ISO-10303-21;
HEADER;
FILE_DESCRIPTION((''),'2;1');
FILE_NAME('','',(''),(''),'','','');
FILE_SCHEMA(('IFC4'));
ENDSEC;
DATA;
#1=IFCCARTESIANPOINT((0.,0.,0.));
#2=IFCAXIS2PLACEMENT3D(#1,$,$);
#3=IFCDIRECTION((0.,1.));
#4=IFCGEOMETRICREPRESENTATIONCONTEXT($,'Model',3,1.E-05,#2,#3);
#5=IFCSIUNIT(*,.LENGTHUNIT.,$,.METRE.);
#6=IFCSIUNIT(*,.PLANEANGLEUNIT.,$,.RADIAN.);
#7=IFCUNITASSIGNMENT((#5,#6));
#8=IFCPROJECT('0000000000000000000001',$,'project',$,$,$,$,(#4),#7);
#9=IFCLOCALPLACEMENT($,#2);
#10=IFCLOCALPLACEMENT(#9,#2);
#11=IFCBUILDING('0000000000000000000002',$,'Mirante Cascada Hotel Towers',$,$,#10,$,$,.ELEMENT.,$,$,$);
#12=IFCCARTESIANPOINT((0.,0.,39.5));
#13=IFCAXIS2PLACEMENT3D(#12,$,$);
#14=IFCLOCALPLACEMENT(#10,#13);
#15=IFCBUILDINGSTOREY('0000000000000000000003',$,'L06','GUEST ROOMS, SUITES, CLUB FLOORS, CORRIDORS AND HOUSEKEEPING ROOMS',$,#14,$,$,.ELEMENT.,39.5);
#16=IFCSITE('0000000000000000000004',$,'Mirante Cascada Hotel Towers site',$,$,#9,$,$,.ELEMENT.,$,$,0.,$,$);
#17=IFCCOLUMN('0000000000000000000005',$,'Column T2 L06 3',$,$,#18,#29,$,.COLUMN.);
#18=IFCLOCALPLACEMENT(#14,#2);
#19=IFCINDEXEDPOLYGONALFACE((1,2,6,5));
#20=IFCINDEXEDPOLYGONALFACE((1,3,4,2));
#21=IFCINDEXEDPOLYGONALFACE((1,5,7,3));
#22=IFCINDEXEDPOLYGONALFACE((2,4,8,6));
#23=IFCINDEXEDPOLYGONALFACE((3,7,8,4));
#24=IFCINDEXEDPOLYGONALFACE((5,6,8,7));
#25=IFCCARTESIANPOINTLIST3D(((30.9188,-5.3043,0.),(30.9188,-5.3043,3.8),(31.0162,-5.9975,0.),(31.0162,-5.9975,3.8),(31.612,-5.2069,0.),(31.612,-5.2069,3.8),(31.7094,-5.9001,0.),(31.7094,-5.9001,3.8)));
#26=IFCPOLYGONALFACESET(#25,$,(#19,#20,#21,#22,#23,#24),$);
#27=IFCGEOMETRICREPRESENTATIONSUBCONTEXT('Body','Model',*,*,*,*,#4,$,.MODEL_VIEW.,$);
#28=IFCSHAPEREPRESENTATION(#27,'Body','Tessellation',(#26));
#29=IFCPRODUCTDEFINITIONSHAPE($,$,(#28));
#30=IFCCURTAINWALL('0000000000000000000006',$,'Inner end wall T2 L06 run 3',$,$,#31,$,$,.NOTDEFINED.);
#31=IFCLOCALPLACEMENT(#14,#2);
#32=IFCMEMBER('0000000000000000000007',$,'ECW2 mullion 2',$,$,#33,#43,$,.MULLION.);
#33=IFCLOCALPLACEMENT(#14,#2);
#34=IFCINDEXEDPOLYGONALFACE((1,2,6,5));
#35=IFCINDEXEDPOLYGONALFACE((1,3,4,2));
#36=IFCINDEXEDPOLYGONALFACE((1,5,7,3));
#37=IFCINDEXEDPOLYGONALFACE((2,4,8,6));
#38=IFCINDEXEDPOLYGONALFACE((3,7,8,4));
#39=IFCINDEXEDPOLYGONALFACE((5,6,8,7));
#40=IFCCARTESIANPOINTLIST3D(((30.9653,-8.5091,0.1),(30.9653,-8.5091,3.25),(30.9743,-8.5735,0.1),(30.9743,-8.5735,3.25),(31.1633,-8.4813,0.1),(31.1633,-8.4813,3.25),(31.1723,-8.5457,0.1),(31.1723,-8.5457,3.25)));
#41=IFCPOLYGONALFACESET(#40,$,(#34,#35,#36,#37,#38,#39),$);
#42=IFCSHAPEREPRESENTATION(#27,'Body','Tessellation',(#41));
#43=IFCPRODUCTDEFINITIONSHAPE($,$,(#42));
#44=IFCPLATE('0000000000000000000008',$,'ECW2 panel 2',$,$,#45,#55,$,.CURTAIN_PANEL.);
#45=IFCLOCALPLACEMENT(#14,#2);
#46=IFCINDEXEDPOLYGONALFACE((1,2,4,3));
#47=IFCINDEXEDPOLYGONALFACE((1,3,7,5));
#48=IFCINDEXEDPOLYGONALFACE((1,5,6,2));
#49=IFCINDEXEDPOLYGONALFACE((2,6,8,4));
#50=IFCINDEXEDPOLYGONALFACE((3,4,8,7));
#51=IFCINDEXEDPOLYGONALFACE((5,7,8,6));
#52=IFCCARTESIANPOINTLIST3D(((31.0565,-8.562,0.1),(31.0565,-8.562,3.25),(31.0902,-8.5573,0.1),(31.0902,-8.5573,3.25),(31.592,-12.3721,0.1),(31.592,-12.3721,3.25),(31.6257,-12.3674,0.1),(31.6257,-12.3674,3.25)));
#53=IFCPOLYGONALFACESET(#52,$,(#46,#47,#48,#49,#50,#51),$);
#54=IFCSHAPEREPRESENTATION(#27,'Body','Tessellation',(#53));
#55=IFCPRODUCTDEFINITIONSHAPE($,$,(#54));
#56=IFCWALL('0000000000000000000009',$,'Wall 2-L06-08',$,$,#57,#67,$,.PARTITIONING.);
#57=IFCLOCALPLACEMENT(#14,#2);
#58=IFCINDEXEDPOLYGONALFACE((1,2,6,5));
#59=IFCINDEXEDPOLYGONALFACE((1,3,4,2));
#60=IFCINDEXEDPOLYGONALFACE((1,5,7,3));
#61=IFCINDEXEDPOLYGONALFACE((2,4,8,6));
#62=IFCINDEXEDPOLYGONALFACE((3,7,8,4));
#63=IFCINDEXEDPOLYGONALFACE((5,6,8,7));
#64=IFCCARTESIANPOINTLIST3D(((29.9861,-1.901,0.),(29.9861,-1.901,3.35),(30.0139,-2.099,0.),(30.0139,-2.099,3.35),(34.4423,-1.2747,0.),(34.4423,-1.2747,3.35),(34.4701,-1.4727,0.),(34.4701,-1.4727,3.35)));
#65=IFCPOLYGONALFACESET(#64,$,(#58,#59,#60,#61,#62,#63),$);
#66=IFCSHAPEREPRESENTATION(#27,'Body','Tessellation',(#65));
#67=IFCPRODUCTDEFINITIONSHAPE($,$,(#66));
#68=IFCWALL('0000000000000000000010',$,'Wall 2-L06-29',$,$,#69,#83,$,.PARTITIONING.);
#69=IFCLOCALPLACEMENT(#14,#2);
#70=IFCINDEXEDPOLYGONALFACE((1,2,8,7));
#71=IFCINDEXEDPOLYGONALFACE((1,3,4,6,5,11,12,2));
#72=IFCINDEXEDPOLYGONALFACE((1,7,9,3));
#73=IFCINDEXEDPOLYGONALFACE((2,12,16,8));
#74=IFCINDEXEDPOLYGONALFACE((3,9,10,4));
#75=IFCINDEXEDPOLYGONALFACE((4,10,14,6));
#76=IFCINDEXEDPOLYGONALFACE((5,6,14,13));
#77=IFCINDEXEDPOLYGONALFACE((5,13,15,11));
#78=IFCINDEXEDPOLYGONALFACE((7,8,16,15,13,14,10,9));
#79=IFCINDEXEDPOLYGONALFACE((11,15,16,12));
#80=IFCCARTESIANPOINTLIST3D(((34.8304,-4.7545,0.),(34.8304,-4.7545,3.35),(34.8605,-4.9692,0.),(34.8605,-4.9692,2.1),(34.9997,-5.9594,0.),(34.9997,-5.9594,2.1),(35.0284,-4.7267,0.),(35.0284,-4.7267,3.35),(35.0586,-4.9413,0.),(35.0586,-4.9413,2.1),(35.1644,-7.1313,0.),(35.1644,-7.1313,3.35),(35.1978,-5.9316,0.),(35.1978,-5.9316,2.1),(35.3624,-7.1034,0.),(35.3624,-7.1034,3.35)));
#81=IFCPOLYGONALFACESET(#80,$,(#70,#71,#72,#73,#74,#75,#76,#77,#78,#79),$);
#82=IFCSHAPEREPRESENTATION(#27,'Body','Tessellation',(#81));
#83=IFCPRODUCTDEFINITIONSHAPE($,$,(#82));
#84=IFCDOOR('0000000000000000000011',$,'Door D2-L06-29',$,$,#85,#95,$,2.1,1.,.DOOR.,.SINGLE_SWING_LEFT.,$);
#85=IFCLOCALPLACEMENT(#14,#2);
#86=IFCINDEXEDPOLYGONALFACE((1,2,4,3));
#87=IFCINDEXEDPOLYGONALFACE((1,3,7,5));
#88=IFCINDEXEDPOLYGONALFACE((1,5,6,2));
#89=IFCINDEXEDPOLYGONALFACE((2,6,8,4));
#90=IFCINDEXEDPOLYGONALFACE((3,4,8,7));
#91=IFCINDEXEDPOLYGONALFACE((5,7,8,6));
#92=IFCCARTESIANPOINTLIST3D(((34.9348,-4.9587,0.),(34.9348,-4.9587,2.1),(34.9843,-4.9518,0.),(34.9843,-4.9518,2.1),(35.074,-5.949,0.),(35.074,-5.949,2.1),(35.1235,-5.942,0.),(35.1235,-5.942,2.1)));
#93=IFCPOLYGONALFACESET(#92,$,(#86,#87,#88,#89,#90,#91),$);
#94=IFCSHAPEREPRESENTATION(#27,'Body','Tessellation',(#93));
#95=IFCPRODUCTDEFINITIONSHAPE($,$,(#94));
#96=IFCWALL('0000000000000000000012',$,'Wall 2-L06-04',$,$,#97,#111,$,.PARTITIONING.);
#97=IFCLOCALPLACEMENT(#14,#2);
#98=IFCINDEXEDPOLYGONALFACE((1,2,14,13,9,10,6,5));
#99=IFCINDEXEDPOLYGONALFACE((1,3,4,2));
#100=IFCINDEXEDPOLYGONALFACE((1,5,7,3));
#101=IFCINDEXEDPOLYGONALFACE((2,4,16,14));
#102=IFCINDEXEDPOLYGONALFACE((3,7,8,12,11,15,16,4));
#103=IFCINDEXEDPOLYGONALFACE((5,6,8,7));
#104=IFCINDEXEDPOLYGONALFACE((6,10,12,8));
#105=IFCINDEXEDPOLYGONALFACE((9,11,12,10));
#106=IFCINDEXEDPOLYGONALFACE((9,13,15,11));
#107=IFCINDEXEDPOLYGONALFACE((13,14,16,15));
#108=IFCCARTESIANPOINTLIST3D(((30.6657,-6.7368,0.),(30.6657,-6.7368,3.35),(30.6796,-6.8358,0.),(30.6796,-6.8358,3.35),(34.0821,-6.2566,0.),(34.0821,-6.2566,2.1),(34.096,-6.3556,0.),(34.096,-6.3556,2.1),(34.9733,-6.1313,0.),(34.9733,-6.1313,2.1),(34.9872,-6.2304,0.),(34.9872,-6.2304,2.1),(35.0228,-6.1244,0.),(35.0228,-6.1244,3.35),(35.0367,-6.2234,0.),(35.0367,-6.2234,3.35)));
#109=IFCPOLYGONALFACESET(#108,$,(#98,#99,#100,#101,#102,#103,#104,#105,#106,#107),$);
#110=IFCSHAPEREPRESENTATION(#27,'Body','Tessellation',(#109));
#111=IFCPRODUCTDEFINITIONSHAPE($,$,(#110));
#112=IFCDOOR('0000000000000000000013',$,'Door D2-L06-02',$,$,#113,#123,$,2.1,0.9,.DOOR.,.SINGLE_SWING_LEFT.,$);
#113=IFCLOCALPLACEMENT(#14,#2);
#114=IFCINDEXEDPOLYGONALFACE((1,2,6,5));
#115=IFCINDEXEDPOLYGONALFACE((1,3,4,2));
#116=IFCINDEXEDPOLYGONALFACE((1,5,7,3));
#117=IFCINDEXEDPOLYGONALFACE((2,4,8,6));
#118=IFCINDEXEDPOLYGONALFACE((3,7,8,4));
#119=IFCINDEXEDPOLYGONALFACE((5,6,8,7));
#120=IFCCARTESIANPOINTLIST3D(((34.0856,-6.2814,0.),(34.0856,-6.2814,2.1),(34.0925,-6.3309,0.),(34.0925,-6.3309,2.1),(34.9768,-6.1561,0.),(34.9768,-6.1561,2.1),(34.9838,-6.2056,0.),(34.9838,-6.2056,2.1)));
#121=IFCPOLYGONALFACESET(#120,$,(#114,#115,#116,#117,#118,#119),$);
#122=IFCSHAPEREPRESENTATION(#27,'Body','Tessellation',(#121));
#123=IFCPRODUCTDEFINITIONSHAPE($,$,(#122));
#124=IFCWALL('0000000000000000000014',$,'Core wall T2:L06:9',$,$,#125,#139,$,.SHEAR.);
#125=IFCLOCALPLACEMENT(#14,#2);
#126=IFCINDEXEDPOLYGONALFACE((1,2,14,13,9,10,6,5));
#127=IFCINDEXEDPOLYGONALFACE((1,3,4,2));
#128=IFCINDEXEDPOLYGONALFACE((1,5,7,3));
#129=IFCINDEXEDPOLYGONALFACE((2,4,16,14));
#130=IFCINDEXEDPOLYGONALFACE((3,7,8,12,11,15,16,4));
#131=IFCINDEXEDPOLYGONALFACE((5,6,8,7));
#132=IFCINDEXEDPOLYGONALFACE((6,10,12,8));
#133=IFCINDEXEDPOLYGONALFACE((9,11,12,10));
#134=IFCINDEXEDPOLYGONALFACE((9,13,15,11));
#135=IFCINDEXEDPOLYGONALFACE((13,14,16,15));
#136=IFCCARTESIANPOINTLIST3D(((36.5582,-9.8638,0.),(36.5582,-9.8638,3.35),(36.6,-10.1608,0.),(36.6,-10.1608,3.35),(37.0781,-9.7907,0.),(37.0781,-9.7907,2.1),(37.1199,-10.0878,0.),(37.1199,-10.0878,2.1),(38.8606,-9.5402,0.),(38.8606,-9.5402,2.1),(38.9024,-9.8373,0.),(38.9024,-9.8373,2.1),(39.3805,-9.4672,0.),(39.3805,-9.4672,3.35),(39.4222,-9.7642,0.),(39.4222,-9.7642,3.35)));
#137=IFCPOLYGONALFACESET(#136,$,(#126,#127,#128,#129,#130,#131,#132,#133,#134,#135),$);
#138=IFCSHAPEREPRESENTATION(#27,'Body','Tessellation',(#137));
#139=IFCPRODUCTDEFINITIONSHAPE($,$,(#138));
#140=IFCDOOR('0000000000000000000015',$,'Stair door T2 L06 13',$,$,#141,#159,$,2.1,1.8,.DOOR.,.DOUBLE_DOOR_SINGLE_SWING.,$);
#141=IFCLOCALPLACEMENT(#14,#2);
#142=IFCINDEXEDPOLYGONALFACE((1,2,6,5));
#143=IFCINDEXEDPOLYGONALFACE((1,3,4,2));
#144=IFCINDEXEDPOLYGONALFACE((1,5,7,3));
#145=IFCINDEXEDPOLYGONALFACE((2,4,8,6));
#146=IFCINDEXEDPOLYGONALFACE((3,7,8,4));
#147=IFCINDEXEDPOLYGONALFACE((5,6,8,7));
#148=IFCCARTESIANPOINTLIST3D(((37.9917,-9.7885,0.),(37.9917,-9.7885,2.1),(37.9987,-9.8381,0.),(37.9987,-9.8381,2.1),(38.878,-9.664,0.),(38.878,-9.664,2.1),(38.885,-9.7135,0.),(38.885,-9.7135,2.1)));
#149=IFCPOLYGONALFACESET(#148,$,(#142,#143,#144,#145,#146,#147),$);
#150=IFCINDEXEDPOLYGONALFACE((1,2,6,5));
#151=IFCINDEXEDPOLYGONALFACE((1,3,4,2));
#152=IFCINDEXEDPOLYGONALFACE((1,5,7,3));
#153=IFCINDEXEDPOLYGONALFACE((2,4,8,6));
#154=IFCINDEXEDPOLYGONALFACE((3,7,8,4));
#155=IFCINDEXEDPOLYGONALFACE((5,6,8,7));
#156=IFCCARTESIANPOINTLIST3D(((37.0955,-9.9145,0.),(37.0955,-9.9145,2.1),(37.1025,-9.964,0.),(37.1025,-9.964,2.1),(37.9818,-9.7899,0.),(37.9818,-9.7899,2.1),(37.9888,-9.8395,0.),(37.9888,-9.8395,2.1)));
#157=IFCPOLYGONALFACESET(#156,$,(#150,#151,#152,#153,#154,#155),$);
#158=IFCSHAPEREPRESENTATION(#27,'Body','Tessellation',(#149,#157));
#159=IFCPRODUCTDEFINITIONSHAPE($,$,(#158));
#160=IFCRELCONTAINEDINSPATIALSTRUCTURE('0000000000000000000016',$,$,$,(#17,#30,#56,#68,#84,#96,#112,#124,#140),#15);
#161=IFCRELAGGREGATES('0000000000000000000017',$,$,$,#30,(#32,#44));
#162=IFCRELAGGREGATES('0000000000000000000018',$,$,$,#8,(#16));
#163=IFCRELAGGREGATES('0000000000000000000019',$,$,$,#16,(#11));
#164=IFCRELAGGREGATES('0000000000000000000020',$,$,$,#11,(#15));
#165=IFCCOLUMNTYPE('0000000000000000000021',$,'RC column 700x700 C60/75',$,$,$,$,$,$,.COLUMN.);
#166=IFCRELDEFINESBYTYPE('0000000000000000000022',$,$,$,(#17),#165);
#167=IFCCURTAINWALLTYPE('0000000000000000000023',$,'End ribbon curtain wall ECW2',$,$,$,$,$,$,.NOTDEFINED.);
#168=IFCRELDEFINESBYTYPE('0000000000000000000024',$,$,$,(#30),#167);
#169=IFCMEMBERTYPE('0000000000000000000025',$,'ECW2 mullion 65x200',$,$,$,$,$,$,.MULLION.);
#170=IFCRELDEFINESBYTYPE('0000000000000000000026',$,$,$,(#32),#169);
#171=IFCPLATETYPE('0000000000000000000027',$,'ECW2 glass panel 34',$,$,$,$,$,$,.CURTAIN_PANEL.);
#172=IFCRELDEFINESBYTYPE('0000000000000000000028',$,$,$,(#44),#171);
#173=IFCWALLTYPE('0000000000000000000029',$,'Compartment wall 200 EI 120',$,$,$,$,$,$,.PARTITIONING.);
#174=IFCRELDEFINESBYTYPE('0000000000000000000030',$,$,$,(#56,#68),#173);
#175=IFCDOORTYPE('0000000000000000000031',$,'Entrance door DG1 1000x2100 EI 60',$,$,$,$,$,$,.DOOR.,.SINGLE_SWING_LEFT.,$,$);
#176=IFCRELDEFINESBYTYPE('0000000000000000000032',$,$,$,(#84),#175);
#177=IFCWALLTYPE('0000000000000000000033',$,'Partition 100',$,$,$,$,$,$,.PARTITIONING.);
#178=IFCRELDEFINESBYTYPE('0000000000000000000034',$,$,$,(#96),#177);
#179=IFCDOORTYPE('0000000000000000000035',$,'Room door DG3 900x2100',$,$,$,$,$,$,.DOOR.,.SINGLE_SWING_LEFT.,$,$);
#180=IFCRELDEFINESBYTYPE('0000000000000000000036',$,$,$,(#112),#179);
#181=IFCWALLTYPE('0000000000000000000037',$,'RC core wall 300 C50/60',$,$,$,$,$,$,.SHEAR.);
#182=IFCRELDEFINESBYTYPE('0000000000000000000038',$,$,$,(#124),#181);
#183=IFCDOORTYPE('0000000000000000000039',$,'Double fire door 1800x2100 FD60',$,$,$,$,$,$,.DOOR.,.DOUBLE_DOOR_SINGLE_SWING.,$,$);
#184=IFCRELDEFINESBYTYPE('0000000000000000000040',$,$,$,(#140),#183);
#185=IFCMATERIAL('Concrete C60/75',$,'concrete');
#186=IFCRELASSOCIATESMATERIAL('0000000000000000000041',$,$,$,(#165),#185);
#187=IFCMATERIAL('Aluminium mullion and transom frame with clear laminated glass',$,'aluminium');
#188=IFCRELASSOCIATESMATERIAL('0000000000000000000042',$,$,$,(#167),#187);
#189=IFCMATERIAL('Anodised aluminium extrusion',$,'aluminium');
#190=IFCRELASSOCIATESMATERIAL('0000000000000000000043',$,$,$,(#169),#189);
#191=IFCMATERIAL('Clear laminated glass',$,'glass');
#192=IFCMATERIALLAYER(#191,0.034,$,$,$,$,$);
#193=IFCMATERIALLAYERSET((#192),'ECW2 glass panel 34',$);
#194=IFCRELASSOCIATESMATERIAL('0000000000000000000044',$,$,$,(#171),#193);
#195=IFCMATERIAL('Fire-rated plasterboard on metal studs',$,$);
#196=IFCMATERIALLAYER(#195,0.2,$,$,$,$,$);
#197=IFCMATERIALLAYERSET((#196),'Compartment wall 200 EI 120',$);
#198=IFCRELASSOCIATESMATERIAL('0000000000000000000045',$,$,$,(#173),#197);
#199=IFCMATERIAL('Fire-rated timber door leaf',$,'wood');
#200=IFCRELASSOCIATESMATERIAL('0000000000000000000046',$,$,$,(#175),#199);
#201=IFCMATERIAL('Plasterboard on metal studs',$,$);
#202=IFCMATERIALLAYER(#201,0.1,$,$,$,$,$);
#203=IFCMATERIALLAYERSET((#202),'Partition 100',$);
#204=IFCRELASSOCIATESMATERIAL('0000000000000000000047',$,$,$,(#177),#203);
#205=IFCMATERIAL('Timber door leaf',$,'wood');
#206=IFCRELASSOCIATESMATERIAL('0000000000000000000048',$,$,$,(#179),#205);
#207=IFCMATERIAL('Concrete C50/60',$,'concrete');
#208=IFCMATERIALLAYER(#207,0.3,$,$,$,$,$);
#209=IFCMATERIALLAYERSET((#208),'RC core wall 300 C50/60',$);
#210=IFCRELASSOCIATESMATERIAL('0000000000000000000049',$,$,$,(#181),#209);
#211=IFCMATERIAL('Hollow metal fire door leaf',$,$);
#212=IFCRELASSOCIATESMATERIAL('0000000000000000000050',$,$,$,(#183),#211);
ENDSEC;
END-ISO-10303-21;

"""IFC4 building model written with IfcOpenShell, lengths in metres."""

from ifc_helpers import new_model, si_unit, direction, frame, frame_2d, origin, origin_2d, place, context, subcontext, project, spatial, rectangle, extrude, material, layer, layer_set, material_profile, profile_set, type_object, element, fill, aggregate, save


model = new_model("IFC4")

# Units and contexts
model_context = context("Model", 3, precision=1e-05, world=origin(), true_north=direction((0.0, 1.0)))
body_context = subcontext(model_context, "Body", "Model", "MODEL_VIEW")
ifc_project = project(units=[si_unit("LENGTHUNIT", "METRE"), si_unit("PLANEANGLEUNIT", "RADIAN")], contexts=[model_context])

# Site, building, storey
site_placement = place(None, origin())
site = spatial("IfcSite", under=ifc_project, at=site_placement, Name="Mirante Cascada Hotel Towers site", CompositionType="ELEMENT", RefElevation=0.0)
building_placement = place(site_placement, origin())
building = spatial("IfcBuilding", under=site, at=building_placement, Name="Mirante Cascada Hotel Towers", CompositionType="ELEMENT")
storey_placement = place(building_placement, frame((0.0, 0.0, 39.5)))
storey = spatial("IfcBuildingStorey", under=building, at=storey_placement, Name="L06", Description="GUEST ROOMS, SUITES, CLUB FLOORS, CORRIDORS AND HOUSEKEEPING ROOMS", CompositionType="ELEMENT", Elevation=39.5)

# Column
ifc_material_1 = material(Name="Concrete C60/75", Category="concrete")
ifc_material_profile_1 = material_profile(ifc_material_1, rectangle(XDim=0.7, YDim=0.7, at=origin_2d()), Name="RC column 700x700 C60/75")
ifc_profile_set_1 = profile_set([ifc_material_profile_1], Name="Concrete C60/75")
column_type = type_object("IfcColumnType", Name="RC column 700x700 C60/75", PredefinedType="COLUMN", material=ifc_profile_set_1)
column_placement = place(storey_placement, frame((31.3141, -5.6022, 0.0), z_axis=(0.0, 0.0, 1.0), x_axis=(0.990268, 0.139173, 0.0)))
element("IfcColumn", 1, at=column_placement, inside=storey, type_object=column_type, Name="Column T2 L06 3", PredefinedType="COLUMN", context=body_context, shape_type="SweptSolid", body=[
    extrude(rectangle(XDim=0.7, YDim=0.7, at=origin_2d()), origin(), (0.0, 0.0, 1.0), 3.8),
])

# Curtain wall, member, plate
ifc_material_2 = material(Name="Aluminium mullion and transom frame with clear laminated glass", Category="aluminium")
curtain_wall_type = type_object("IfcCurtainWallType", Name="End ribbon curtain wall ECW2", PredefinedType="NOTDEFINED", material=ifc_material_2)
curtain_wall_placement = place(storey_placement, origin())
curtain_wall = element("IfcCurtainWall", 2, at=curtain_wall_placement, inside=storey, type_object=curtain_wall_type, Name="Inner end wall T2 L06 run 3", PredefinedType="NOTDEFINED")
ifc_material_3 = material(Name="Anodised aluminium extrusion", Category="aluminium")
ifc_material_profile_2 = material_profile(ifc_material_3, rectangle(XDim=0.2, YDim=0.065, at=origin_2d()), Name="ECW2 MULLION 65x200")
ifc_profile_set_2 = profile_set([ifc_material_profile_2], Name="Anodised aluminium extrusion")
member_type = type_object("IfcMemberType", Name="ECW2 mullion 65x200", PredefinedType="MULLION", material=ifc_profile_set_2)
member_placement = place(storey_placement, frame((31.0688, -8.5274, 0.1), z_axis=(0.0, 0.0, 1.0), x_axis=(0.990268, 0.139173, 0.0)))
member = element("IfcMember", 3, at=member_placement, type_object=member_type, Name="ECW2 mullion 2", PredefinedType="MULLION", context=body_context, shape_type="SweptSolid", body=[
    extrude(rectangle(XDim=0.2, YDim=0.065, at=origin_2d()), origin(), (0.0, 0.0, 1.0), 3.15),
])
ifc_material_4 = material(Name="Clear laminated glass", Category="glass")
ifc_layer_1 = layer(ifc_material_4, 0.034)
ifc_layer_set_1 = layer_set([ifc_layer_1], Name="ECW2 glass panel 34")
plate_type = type_object("IfcPlateType", Name="ECW2 glass panel 34", PredefinedType="CURTAIN_PANEL", material=ifc_layer_set_1)
plate_placement = place(storey_placement, frame((31.3411, -10.4647, 0.1), z_axis=(0.0, 0.0, 1.0), x_axis=(0.139173, -0.990268, 0.0)))
plate = element("IfcPlate", 4, at=plate_placement, type_object=plate_type, Name="ECW2 panel 2", PredefinedType="CURTAIN_PANEL", context=body_context, shape_type="SweptSolid", body=[
    extrude(rectangle(XDim=3.8476, YDim=0.034, at=origin_2d()), origin(), (0.0, 0.0, 1.0), 3.15),
])
aggregate(curtain_wall, [member, plate])

# Wall
ifc_material_5 = material(Name="Fire-rated plasterboard on metal studs")
ifc_layer_2 = layer(ifc_material_5, 0.2)
ifc_layer_set_2 = layer_set([ifc_layer_2], Name="Compartment wall 200 EI 120")
wall_type_1 = type_object("IfcWallType", Name="Compartment wall 200 EI 120", PredefinedType="PARTITIONING", material=ifc_layer_set_2)
wall_1_placement = place(storey_placement, frame((34.4562, -1.3737, 0.0), z_axis=(0.0, 0.0, 1.0), x_axis=(-0.990267, -0.139178, 0.0)))
element("IfcWall", 5, at=wall_1_placement, inside=storey, type_object=wall_type_1, Name="Wall 2-L06-08", PredefinedType="PARTITIONING", context=body_context, shape_type="SweptSolid", body=[
    extrude(rectangle(XDim=4.5, YDim=0.2, at=frame_2d((2.25, 0.0))), origin(), (0.0, 0.0, 1.0), 3.35),
])

# Walls, openings, doors
wall_2_placement = place(storey_placement, frame((35.2634, -7.1173, 0.0), z_axis=(0.0, 0.0, 1.0), x_axis=(-0.139163, 0.990269, 0.0)))
wall_2 = element("IfcWall", 6, at=wall_2_placement, inside=storey, type_object=wall_type_1, Name="Wall 2-L06-29", PredefinedType="PARTITIONING", context=body_context, shape_type="SweptSolid", body=[
    extrude(rectangle(XDim=2.4001, YDim=0.2, at=frame_2d((1.2, 0.0))), origin(), (0.0, 0.0, 1.0), 3.35),
])
opening_1_placement = place(wall_2_placement, frame((1.1833, 0.0, 0.0)))
opening_1 = element("IfcOpeningElement", 7, at=opening_1_placement, cuts=wall_2, PredefinedType="OPENING", context=body_context, shape_type="SweptSolid", body=[
    extrude(rectangle(XDim=1.0, YDim=2.1, at=frame_2d((0.5, 1.05))), frame((0.0, 0.1, 0.0), z_axis=(0.0, -1.0, 0.0), x_axis=(1.0, 0.0, 0.0)), (0.0, 0.0, 1.0), 0.2),
])
ifc_material_6 = material(Name="Fire-rated timber door leaf", Category="wood")
door_type_1 = type_object("IfcDoorType", Name="Entrance door DG1 1000x2100 EI 60", OperationType="SINGLE_SWING_LEFT", PredefinedType="DOOR", material=ifc_material_6)
door_1_placement = place(opening_1_placement, origin())
door_1 = element("IfcDoor", 8, at=door_1_placement, inside=storey, type_object=door_type_1, Name="Door D2-L06-29", OperationType="SINGLE_SWING_LEFT", OverallHeight=2.1, OverallWidth=1.0, PredefinedType="DOOR", context=body_context, shape_type="SweptSolid", body=[
    extrude(rectangle(XDim=1.0, YDim=2.1, at=frame_2d((0.5, 1.05))), frame((0.0, 0.025, 0.0), z_axis=(0.0, -1.0, 0.0), x_axis=(1.0, 0.0, 0.0)), (0.0, 0.0, 1.0), 0.05),
])
fill(opening_1, door_1)
ifc_material_7 = material(Name="Plasterboard on metal studs")
ifc_layer_3 = layer(ifc_material_7, 0.1)
ifc_layer_set_3 = layer_set([ifc_layer_3], Name="Partition 100")
wall_type_2 = type_object("IfcWallType", Name="Partition 100", PredefinedType="PARTITIONING", material=ifc_layer_set_3)
wall_3_placement = place(storey_placement, frame((35.0298, -6.1739, 0.0), z_axis=(0.0, 0.0, 1.0), x_axis=(-0.990267, -0.139184, 0.0)))
wall_3 = element("IfcWall", 9, at=wall_3_placement, inside=storey, type_object=wall_type_2, Name="Wall 2-L06-04", PredefinedType="PARTITIONING", context=body_context, shape_type="SweptSolid", body=[
    extrude(rectangle(XDim=4.3999, YDim=0.1, at=frame_2d((2.2, 0.0))), origin(), (0.0, 0.0, 1.0), 3.35),
])
opening_2_placement = place(wall_3_placement, frame((0.05, 0.0, 0.0)))
opening_2 = element("IfcOpeningElement", 10, at=opening_2_placement, cuts=wall_3, PredefinedType="OPENING", context=body_context, shape_type="SweptSolid", body=[
    extrude(rectangle(XDim=0.9, YDim=2.1, at=frame_2d((0.45, 1.05))), frame((0.0, 0.05, 0.0), z_axis=(0.0, -1.0, 0.0), x_axis=(1.0, 0.0, 0.0)), (0.0, 0.0, 1.0), 0.1),
])
ifc_material_8 = material(Name="Timber door leaf", Category="wood")
door_type_2 = type_object("IfcDoorType", Name="Room door DG3 900x2100", OperationType="SINGLE_SWING_LEFT", PredefinedType="DOOR", material=ifc_material_8)
door_2_placement = place(opening_2_placement, origin())
door_2 = element("IfcDoor", 11, at=door_2_placement, inside=storey, type_object=door_type_2, Name="Door D2-L06-02", OperationType="SINGLE_SWING_LEFT", OverallHeight=2.1, OverallWidth=0.9, PredefinedType="DOOR", context=body_context, shape_type="SweptSolid", body=[
    extrude(rectangle(XDim=0.9, YDim=2.1, at=frame_2d((0.45, 1.05))), frame((0.0, 0.025, 0.0), z_axis=(0.0, -1.0, 0.0), x_axis=(1.0, 0.0, 0.0)), (0.0, 0.0, 1.0), 0.05),
])
fill(opening_2, door_2)
ifc_material_9 = material(Name="Concrete C50/60", Category="concrete")
ifc_layer_4 = layer(ifc_material_9, 0.3)
ifc_layer_set_4 = layer_set([ifc_layer_4], Name="RC core wall 300 C50/60")
wall_type_3 = type_object("IfcWallType", Name="RC core wall 300 C50/60", PredefinedType="SHEAR", material=ifc_layer_set_4)
wall_4_placement = place(storey_placement, frame((36.5791, -10.0123, 0.0), z_axis=(0.0, 0.0, 1.0), x_axis=(0.99027, 0.139156, 0.0)))
wall_4 = element("IfcWall", 12, at=wall_4_placement, inside=storey, type_object=wall_type_3, Name="Core wall T2:L06:9", PredefinedType="SHEAR", context=body_context, shape_type="SweptSolid", body=[
    extrude(rectangle(XDim=2.85, YDim=0.3, at=frame_2d((1.425, 0.0))), origin(), (0.0, 0.0, 1.0), 3.35),
])
opening_3_placement = place(wall_4_placement, frame((0.525, 0.0, 0.0)))
opening_3 = element("IfcOpeningElement", 13, at=opening_3_placement, cuts=wall_4, PredefinedType="OPENING", context=body_context, shape_type="SweptSolid", body=[
    extrude(rectangle(XDim=1.8, YDim=2.1, at=frame_2d((0.9, 1.05))), frame((0.0, 0.15, 0.0), z_axis=(0.0, -1.0, 0.0), x_axis=(1.0, 0.0, 0.0)), (0.0, 0.0, 1.0), 0.3),
])
ifc_material_10 = material(Name="Hollow metal fire door leaf")
door_type_3 = type_object("IfcDoorType", Name="Double fire door 1800x2100 FD60", OperationType="DOUBLE_DOOR_SINGLE_SWING", PredefinedType="DOOR", material=ifc_material_10)
door_3_placement = place(opening_3_placement, frame((1.8, 0.0, 0.0), z_axis=(0.0, 0.0, 1.0), x_axis=(-1.0, 0.0, 0.0)))
door_3 = element("IfcDoor", 14, at=door_3_placement, inside=storey, type_object=door_type_3, Name="Stair door T2 L06 13", OperationType="DOUBLE_DOOR_SINGLE_SWING", OverallHeight=2.1, OverallWidth=1.8, PredefinedType="DOOR", context=body_context, shape_type="SweptSolid", body=[
    extrude(rectangle(XDim=0.895, YDim=2.1, at=frame_2d((0.4475, 1.05))), frame((0.0, 0.025, 0.0), z_axis=(0.0, -1.0, 0.0), x_axis=(1.0, 0.0, 0.0)), (0.0, 0.0, 1.0), 0.05),
    extrude(rectangle(XDim=0.895, YDim=2.1, at=frame_2d((1.3525, 1.05))), frame((0.0, 0.025, 0.0), z_axis=(0.0, -1.0, 0.0), x_axis=(1.0, 0.0, 0.0)), (0.0, 0.0, 1.0), 0.05),
])
fill(opening_3, door_3)

save(model, "model.ifc")
